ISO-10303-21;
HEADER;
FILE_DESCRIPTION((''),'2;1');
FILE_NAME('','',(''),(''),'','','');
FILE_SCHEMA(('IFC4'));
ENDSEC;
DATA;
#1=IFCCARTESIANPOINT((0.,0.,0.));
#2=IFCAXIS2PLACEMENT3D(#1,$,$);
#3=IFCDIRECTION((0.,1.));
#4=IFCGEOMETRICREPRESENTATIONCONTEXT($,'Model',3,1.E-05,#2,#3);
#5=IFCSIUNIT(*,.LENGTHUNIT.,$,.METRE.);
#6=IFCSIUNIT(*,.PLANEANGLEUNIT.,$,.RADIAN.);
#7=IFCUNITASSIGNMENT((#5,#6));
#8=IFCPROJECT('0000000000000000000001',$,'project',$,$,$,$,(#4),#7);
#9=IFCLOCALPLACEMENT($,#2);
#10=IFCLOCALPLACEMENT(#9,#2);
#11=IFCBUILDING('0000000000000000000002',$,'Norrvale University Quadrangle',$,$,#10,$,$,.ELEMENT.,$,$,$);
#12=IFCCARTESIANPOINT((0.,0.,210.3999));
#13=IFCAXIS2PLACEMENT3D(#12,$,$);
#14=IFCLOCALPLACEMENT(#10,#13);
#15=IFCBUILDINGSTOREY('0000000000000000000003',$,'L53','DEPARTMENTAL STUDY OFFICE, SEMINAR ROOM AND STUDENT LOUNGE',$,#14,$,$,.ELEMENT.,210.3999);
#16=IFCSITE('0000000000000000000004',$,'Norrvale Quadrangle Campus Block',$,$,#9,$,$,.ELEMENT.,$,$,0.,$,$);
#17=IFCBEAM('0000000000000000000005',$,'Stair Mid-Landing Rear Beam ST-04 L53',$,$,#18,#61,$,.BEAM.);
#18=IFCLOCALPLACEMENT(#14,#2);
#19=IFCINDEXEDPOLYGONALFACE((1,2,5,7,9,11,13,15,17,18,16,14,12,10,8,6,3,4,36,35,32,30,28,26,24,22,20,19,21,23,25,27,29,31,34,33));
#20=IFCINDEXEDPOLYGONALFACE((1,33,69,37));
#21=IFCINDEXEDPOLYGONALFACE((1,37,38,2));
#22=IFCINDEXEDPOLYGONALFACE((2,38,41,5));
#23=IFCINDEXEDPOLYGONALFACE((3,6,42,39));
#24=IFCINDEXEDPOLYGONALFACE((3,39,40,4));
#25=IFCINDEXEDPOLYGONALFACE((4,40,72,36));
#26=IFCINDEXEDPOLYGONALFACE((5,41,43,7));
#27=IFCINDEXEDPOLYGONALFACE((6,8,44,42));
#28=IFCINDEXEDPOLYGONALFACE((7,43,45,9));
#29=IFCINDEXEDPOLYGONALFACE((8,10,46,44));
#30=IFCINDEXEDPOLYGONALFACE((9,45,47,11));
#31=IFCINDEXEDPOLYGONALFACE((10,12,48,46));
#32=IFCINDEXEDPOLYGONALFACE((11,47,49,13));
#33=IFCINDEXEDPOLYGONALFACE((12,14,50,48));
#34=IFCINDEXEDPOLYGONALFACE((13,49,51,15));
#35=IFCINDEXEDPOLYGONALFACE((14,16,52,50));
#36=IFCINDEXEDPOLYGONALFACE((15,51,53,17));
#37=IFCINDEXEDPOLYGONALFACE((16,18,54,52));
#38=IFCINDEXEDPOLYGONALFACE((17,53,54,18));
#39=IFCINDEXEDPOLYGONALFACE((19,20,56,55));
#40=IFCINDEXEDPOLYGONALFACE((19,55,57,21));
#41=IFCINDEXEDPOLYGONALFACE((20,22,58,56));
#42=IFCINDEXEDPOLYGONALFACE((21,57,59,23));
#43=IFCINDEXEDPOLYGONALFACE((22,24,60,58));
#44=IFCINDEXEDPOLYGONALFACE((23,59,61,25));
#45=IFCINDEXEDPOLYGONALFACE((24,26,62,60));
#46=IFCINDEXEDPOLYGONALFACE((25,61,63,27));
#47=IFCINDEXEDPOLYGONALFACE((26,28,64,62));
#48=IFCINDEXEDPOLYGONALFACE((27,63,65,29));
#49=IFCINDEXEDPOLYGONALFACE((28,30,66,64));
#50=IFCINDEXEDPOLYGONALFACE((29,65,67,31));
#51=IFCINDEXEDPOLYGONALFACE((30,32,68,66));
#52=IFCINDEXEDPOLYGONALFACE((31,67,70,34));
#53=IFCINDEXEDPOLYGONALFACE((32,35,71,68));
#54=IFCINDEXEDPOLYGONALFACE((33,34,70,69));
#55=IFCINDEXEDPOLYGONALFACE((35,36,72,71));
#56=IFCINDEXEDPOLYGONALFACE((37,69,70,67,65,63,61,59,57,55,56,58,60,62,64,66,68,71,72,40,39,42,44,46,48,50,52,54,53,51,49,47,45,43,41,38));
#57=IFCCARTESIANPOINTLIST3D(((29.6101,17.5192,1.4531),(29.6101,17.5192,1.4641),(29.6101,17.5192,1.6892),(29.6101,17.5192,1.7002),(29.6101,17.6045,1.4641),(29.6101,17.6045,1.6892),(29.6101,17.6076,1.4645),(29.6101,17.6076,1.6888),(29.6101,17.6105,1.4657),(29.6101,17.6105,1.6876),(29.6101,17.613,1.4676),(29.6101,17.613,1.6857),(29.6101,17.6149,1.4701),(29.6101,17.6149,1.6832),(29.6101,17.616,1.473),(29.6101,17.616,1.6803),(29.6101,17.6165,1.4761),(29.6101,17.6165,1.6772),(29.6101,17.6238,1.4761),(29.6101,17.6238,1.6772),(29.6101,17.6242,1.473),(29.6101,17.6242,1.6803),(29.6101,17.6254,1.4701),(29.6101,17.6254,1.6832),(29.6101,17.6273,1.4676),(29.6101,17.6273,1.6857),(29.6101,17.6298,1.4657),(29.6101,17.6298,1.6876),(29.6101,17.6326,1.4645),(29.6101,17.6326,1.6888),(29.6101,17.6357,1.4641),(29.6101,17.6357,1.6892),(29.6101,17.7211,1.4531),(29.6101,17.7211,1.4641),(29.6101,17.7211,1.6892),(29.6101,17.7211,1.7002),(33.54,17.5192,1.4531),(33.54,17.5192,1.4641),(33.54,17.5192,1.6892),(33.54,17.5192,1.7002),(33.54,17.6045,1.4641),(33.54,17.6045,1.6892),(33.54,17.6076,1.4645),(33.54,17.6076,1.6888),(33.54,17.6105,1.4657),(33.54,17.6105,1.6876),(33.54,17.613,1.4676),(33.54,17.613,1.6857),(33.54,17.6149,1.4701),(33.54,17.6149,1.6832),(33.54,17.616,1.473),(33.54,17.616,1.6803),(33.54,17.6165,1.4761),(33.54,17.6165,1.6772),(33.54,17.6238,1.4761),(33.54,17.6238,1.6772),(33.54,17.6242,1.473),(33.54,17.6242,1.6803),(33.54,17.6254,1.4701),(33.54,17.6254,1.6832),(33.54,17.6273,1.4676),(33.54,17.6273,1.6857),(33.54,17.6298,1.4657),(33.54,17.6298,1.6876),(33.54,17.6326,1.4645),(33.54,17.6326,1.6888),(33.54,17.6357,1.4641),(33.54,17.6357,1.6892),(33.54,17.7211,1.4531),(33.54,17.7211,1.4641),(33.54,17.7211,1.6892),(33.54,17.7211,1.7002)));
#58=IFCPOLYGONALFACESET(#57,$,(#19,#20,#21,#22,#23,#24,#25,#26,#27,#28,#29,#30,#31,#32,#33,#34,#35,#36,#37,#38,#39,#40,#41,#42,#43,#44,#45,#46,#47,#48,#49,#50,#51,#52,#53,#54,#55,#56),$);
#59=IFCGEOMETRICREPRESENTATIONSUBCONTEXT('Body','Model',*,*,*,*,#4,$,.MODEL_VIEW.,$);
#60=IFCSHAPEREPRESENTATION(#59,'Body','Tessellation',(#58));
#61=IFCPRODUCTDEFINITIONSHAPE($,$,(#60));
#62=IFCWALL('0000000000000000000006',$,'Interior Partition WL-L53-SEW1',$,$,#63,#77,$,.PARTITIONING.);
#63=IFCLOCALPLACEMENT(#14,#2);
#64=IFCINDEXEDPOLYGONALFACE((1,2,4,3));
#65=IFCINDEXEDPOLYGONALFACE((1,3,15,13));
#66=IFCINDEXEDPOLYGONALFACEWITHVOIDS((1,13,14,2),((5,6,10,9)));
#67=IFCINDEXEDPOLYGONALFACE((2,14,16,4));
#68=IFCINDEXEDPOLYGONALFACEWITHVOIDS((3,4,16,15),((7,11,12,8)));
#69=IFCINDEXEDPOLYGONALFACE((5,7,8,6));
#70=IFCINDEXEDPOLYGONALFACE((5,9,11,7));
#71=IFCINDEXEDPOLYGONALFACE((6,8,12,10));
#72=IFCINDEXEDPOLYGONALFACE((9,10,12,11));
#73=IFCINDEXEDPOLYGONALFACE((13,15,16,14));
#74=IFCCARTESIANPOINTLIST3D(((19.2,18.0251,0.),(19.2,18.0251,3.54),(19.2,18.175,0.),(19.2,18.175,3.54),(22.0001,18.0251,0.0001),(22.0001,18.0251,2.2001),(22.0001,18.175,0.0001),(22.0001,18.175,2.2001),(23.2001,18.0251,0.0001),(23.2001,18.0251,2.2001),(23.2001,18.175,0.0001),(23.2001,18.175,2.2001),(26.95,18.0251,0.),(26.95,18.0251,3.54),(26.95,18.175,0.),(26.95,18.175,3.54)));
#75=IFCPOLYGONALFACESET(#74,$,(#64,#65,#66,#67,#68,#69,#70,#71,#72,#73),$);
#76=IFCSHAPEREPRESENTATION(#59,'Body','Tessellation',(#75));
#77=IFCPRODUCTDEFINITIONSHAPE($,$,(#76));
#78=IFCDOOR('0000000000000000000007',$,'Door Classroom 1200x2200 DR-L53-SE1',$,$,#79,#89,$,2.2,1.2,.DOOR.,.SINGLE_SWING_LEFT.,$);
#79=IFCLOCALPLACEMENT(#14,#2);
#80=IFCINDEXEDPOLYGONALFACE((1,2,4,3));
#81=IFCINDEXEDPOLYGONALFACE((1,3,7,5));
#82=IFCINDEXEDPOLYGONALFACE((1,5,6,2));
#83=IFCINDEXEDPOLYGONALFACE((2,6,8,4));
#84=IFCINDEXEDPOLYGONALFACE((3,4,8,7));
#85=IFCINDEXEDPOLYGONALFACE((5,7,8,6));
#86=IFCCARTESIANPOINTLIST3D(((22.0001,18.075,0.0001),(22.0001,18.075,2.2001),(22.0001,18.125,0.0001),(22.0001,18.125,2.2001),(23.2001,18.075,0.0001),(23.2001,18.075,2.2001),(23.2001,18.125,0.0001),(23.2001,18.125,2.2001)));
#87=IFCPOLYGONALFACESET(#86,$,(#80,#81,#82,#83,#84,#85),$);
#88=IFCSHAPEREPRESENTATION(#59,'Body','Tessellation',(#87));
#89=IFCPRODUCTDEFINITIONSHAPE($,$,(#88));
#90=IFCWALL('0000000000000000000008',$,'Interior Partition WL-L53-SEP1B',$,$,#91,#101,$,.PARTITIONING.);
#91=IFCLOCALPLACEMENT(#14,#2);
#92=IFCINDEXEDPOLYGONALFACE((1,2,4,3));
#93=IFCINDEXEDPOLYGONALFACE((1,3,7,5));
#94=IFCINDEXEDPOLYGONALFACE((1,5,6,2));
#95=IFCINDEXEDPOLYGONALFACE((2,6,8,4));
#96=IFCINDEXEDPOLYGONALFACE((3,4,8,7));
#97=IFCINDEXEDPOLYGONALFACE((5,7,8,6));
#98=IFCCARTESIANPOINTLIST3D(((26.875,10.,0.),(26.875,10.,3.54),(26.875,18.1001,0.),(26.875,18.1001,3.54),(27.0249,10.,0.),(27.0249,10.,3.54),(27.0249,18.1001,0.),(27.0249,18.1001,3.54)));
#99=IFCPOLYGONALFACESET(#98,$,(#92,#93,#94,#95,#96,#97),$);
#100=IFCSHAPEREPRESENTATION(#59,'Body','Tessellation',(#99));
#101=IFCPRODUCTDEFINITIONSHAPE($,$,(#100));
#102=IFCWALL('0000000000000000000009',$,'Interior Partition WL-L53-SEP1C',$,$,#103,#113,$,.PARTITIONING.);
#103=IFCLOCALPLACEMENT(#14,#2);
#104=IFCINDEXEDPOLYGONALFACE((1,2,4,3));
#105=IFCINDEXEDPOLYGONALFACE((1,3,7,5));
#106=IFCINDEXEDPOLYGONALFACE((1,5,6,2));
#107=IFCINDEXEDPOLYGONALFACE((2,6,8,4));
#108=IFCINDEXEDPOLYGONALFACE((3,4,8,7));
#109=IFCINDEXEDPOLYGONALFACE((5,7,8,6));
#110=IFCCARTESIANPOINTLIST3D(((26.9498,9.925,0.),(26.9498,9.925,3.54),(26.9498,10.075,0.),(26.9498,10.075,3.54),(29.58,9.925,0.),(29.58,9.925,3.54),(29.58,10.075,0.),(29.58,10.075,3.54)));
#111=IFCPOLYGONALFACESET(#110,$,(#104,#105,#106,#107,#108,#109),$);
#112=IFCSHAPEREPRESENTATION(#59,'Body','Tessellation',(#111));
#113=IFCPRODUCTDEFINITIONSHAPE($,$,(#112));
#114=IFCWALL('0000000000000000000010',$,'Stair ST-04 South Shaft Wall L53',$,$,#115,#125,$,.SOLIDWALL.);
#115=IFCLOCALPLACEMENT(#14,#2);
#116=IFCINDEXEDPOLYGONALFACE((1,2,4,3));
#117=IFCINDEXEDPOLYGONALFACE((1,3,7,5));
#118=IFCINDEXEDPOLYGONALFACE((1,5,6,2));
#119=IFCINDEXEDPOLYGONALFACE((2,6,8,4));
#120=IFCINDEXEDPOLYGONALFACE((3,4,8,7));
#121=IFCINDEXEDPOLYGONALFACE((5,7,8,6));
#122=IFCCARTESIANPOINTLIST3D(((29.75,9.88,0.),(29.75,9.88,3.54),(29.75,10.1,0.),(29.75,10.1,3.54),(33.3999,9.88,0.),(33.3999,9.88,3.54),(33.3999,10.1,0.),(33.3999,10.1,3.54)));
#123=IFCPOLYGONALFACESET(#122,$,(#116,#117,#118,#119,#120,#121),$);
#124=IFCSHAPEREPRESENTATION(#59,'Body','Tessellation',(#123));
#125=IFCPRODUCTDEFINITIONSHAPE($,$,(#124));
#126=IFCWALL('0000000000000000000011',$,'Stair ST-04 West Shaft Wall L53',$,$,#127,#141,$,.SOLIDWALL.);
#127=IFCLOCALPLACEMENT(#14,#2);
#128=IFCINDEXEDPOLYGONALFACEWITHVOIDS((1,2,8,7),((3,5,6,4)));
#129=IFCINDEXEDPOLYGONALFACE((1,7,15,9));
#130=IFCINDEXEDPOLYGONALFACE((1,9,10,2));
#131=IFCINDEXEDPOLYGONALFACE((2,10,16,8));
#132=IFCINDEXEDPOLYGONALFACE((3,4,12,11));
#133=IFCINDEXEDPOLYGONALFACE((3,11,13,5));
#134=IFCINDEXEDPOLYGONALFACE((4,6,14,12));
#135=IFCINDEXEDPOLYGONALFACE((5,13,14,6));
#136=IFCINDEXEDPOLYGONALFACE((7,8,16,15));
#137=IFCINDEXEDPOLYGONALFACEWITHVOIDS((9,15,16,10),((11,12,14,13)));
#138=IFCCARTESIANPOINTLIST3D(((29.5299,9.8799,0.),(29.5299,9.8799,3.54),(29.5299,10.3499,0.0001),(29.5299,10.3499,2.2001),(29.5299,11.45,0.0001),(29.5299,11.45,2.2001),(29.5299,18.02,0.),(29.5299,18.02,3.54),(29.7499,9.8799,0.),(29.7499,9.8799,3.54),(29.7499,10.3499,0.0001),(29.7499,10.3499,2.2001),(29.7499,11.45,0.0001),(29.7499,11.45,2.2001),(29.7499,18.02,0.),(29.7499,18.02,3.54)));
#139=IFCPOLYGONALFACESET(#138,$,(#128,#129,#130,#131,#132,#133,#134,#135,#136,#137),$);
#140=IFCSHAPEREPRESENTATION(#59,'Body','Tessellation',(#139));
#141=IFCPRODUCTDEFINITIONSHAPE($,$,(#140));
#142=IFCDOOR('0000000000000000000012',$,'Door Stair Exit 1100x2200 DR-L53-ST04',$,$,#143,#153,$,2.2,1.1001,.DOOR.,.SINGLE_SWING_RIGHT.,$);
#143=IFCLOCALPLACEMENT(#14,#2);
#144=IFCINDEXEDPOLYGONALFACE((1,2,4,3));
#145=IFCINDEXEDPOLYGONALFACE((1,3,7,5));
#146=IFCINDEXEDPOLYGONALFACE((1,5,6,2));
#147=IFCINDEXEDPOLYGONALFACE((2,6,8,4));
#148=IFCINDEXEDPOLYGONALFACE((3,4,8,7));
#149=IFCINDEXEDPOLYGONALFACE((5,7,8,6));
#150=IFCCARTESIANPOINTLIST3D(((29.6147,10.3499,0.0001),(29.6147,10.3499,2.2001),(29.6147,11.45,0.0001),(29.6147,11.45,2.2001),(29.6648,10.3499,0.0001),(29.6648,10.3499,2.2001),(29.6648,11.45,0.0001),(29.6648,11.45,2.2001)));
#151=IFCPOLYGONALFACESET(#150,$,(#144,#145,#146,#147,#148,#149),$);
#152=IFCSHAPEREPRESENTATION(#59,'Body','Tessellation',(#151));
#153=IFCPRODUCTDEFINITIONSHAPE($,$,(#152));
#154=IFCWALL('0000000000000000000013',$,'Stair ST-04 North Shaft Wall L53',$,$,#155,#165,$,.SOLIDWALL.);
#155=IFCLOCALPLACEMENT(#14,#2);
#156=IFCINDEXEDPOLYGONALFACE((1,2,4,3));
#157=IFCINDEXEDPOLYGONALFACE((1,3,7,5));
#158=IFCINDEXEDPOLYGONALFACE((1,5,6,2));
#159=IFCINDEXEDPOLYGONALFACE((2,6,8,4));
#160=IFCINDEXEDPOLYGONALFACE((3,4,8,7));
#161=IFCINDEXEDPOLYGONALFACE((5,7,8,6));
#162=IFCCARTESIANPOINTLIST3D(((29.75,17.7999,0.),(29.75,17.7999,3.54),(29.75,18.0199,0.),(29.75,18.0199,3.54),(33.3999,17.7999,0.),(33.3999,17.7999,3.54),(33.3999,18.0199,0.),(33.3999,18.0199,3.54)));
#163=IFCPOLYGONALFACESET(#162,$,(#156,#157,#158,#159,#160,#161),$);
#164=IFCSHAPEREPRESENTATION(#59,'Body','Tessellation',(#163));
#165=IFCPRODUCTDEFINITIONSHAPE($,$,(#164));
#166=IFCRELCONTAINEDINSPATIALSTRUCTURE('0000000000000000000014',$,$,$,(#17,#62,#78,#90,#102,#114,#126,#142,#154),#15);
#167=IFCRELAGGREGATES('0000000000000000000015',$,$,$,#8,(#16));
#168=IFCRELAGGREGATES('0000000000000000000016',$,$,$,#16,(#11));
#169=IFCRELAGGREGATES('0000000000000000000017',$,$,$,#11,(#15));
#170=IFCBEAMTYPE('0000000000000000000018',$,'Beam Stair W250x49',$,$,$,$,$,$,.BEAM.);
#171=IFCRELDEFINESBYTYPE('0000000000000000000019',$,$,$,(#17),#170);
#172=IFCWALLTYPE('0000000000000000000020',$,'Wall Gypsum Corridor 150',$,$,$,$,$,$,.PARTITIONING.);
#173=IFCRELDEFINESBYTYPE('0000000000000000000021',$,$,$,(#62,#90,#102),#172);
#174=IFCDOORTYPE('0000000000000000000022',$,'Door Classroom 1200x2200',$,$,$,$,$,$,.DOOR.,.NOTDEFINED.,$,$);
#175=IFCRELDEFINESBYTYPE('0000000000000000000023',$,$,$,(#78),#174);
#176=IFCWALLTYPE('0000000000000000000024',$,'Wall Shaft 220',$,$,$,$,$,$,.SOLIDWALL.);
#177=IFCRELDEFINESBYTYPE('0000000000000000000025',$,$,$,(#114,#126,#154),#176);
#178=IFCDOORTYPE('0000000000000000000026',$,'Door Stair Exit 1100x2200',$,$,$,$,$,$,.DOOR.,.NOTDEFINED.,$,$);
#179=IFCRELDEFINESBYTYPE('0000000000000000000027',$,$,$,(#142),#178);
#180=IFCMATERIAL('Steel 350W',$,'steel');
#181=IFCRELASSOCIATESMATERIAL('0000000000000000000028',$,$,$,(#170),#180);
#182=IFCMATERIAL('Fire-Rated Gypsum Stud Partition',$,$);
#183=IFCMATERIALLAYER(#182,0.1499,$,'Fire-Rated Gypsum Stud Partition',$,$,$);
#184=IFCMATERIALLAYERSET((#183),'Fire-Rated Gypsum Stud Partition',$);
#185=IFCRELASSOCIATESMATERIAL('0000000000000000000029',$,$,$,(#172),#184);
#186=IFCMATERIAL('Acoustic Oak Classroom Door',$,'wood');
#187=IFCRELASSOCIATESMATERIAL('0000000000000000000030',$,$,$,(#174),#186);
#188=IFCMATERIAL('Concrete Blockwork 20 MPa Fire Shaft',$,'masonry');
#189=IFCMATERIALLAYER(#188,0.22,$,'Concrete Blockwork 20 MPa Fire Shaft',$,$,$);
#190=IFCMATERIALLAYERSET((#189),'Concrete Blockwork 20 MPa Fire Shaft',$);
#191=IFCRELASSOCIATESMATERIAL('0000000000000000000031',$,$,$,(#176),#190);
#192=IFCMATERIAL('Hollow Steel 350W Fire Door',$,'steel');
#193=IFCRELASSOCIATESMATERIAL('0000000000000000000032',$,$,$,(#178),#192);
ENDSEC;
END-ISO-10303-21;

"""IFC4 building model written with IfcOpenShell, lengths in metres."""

from ifc_helpers import new_model, si_unit, direction, frame, frame_2d, origin, origin_2d, place, context, subcontext, project, spatial, rectangle, i_section, extrude, material, layer, layer_set, material_profile, profile_set, type_object, element, fill, save


model = new_model("IFC4")

# Units and contexts
model_context = context("Model", 3, precision=1e-05, world=origin(), true_north=direction((0.0, 1.0)))
body_context = subcontext(model_context, "Body", "Model", "MODEL_VIEW")
ifc_project = project(units=[si_unit("LENGTHUNIT", "METRE"), si_unit("PLANEANGLEUNIT", "RADIAN")], contexts=[model_context])

# Site, building, storey
site_placement = place(None, origin())
site = spatial("IfcSite", under=ifc_project, at=site_placement, Name="Norrvale Quadrangle Campus Block", CompositionType="ELEMENT", RefElevation=0.0)
building_placement = place(site_placement, origin())
building = spatial("IfcBuilding", under=site, at=building_placement, Name="Norrvale University Quadrangle", CompositionType="ELEMENT")
storey_placement = place(building_placement, frame((0.0, 0.0, 210.3999)))
storey = spatial("IfcBuildingStorey", under=building, at=storey_placement, Name="L53", Description="DEPARTMENTAL STUDY OFFICE, SEMINAR ROOM AND STUDENT LOUNGE", CompositionType="ELEMENT", Elevation=210.3999)

# Beam
ifc_material_1 = material(Name="Steel 350W", Category="steel")
ifc_material_profile_1 = material_profile(ifc_material_1, i_section(OverallWidth=0.2019, OverallDepth=0.2471, WebThickness=0.0073, FlangeThickness=0.011, FilletRadius=0.012, at=origin_2d()), Name="Steel 350W")
ifc_profile_set_1 = profile_set([ifc_material_profile_1], Name="Steel 350W")
beam_type_1 = type_object("IfcBeamType", Name="Beam Stair W250x49", PredefinedType="BEAM", material=ifc_profile_set_1)
for number, where, z_axis, x_axis, name in (
    (1, (29.6101, 17.6201, 1.5767), (1.0, 0.0, 0.0), (0.0, 1.0, 0.0), "Stair Mid-Landing Rear Beam ST-04 L53"),
):
    element("IfcBeam", number, at=place(storey_placement, frame(where, z_axis=z_axis, x_axis=x_axis)), inside=storey, type_object=beam_type_1, Name=name, PredefinedType="BEAM", context=body_context, shape_type="SweptSolid", body=[
        extrude(i_section(OverallWidth=0.2019, OverallDepth=0.2471, WebThickness=0.0073, FlangeThickness=0.011, FilletRadius=0.012, at=origin_2d()), origin(), (0.0, 0.0, 1.0), 3.9299),
    ])

# Wall, opening, door
ifc_material_2 = material(Name="Fire-Rated Gypsum Stud Partition")
ifc_layer_1 = layer(ifc_material_2, 0.1499, Name="Fire-Rated Gypsum Stud Partition")
ifc_layer_set_1 = layer_set([ifc_layer_1], Name="Fire-Rated Gypsum Stud Partition")
wall_type_1 = type_object("IfcWallType", Name="Wall Gypsum Corridor 150", PredefinedType="PARTITIONING", material=ifc_layer_set_1)
wall_1_placement = place(storey_placement, frame((19.2, 18.1001, 0.0), z_axis=(0.0, 0.0, 1.0), x_axis=(1.0, 0.0, 0.0)))
wall_1 = element("IfcWall", 2, at=wall_1_placement, inside=storey, type_object=wall_type_1, Name="Interior Partition WL-L53-SEW1", PredefinedType="PARTITIONING", context=body_context, shape_type="SweptSolid", body=[
    extrude(rectangle(XDim=7.75, YDim=0.1499, at=frame_2d((3.875, 0.0))), origin(), (0.0, 0.0, 1.0), 3.54),
])
opening_1_placement = place(wall_1_placement, frame((2.8, 0.0, 0.0)))
opening_1 = element("IfcOpeningElement", 3, at=opening_1_placement, cuts=wall_1, PredefinedType="OPENING", context=body_context, shape_type="SweptSolid", body=[
    extrude(rectangle(XDim=1.2, YDim=2.2, at=frame_2d((0.6001, 1.1001))), frame((0.0, 0.0869, 0.0), z_axis=(0.0, -1.0, 0.0), x_axis=(1.0, 0.0, 0.0)), (0.0, 0.0, 1.0), 0.1738),
])
ifc_material_3 = material(Name="Acoustic Oak Classroom Door", Category="wood")
door_type_1 = type_object("IfcDoorType", Name="Door Classroom 1200x2200", OperationType="NOTDEFINED", PredefinedType="DOOR", material=ifc_material_3)
door_1_placement = place(opening_1_placement, origin())
door_1 = element("IfcDoor", 4, at=door_1_placement, inside=storey, type_object=door_type_1, Name="Door Classroom 1200x2200 DR-L53-SE1", OperationType="SINGLE_SWING_LEFT", OverallHeight=2.2, OverallWidth=1.2, PredefinedType="DOOR", context=body_context, shape_type="SweptSolid", body=[
    extrude(rectangle(XDim=1.2, YDim=2.2, at=frame_2d((0.6001, 1.1001))), frame((0.0, 0.0249, 0.0), z_axis=(0.0, -1.0, 0.0), x_axis=(1.0, 0.0, 0.0)), (0.0, 0.0, 1.0), 0.05),
])
fill(opening_1, door_1)

# Walls
wall_2_placement = place(storey_placement, frame((26.95, 10.0, 0.0), z_axis=(0.0, 0.0, 1.0), x_axis=(0.0, 1.0, 0.0)))
element("IfcWall", 5, at=wall_2_placement, inside=storey, type_object=wall_type_1, Name="Interior Partition WL-L53-SEP1B", PredefinedType="PARTITIONING", context=body_context, shape_type="SweptSolid", body=[
    extrude(rectangle(XDim=8.1001, YDim=0.1499, at=frame_2d((4.05, 0.0))), origin(), (0.0, 0.0, 1.0), 3.54),
])
wall_3_placement = place(storey_placement, frame((26.95, 10.0, 0.0), z_axis=(0.0, 0.0, 1.0), x_axis=(1.0, 0.0, 0.0)))
element("IfcWall", 6, at=wall_3_placement, inside=storey, type_object=wall_type_1, Name="Interior Partition WL-L53-SEP1C", PredefinedType="PARTITIONING", context=body_context, shape_type="SweptSolid", body=[
    extrude(rectangle(XDim=2.6301, YDim=0.1499, at=frame_2d((1.3149, 0.0))), origin(), (0.0, 0.0, 1.0), 3.54),
])
ifc_material_4 = material(Name="Concrete Blockwork 20 MPa Fire Shaft", Category="masonry")
ifc_layer_2 = layer(ifc_material_4, 0.22, Name="Concrete Blockwork 20 MPa Fire Shaft")
ifc_layer_set_2 = layer_set([ifc_layer_2], Name="Concrete Blockwork 20 MPa Fire Shaft")
wall_type_2 = type_object("IfcWallType", Name="Wall Shaft 220", PredefinedType="SOLIDWALL", material=ifc_layer_set_2)
wall_4_placement = place(storey_placement, frame((29.75, 9.99, 0.0), z_axis=(0.0, 0.0, 1.0), x_axis=(1.0, 0.0, 0.0)))
element("IfcWall", 7, at=wall_4_placement, inside=storey, type_object=wall_type_2, Name="Stair ST-04 South Shaft Wall L53", PredefinedType="SOLIDWALL", context=body_context, shape_type="SweptSolid", body=[
    extrude(rectangle(XDim=3.6499, YDim=0.22, at=frame_2d((1.825, 0.0))), origin(), (0.0, 0.0, 1.0), 3.54),
])

# Wall, opening, door
wall_5_placement = place(storey_placement, frame((29.6399, 9.8799, 0.0), z_axis=(0.0, 0.0, 1.0), x_axis=(0.0, 1.0, 0.0)))
wall_5 = element("IfcWall", 8, at=wall_5_placement, inside=storey, type_object=wall_type_2, Name="Stair ST-04 West Shaft Wall L53", PredefinedType="SOLIDWALL", context=body_context, shape_type="SweptSolid", body=[
    extrude(rectangle(XDim=8.1401, YDim=0.22, at=frame_2d((4.0701, 0.0))), origin(), (0.0, 0.0, 1.0), 3.54),
])
opening_2_placement = place(wall_5_placement, frame((0.47, 0.0, 0.0)))
opening_2 = element("IfcOpeningElement", 9, at=opening_2_placement, cuts=wall_5, PredefinedType="OPENING", context=body_context, shape_type="SweptSolid", body=[
    extrude(rectangle(XDim=1.1001, YDim=2.2, at=frame_2d((0.55, 1.1001))), frame((0.0, 0.1221, 0.0), z_axis=(0.0, -1.0, 0.0), x_axis=(1.0, 0.0, 0.0)), (0.0, 0.0, 1.0), 0.2439),
])
ifc_material_5 = material(Name="Hollow Steel 350W Fire Door", Category="steel")
door_type_2 = type_object("IfcDoorType", Name="Door Stair Exit 1100x2200", OperationType="NOTDEFINED", PredefinedType="DOOR", material=ifc_material_5)
door_2_placement = place(opening_2_placement, frame((1.1001, 0.0, 0.0), z_axis=(0.0, 0.0, 1.0), x_axis=(-1.0, 0.0, 0.0)))
door_2 = element("IfcDoor", 10, at=door_2_placement, inside=storey, type_object=door_type_2, Name="Door Stair Exit 1100x2200 DR-L53-ST04", OperationType="SINGLE_SWING_RIGHT", OverallHeight=2.2, OverallWidth=1.1001, PredefinedType="DOOR", context=body_context, shape_type="SweptSolid", body=[
    extrude(rectangle(XDim=1.1001, YDim=2.2, at=frame_2d((0.55, 1.1001))), frame((0.0, 0.0249, 0.0), z_axis=(0.0, -1.0, 0.0), x_axis=(1.0, 0.0, 0.0)), (0.0, 0.0, 1.0), 0.05),
])
fill(opening_2, door_2)

# Wall
wall_6_placement = place(storey_placement, frame((29.75, 17.9099, 0.0), z_axis=(0.0, 0.0, 1.0), x_axis=(1.0, 0.0, 0.0)))
element("IfcWall", 11, at=wall_6_placement, inside=storey, type_object=wall_type_2, Name="Stair ST-04 North Shaft Wall L53", PredefinedType="SOLIDWALL", context=body_context, shape_type="SweptSolid", body=[
    extrude(rectangle(XDim=3.6499, YDim=0.22, at=frame_2d((1.825, 0.0))), origin(), (0.0, 0.0, 1.0), 3.54),
])

save(model, "model.ifc")
